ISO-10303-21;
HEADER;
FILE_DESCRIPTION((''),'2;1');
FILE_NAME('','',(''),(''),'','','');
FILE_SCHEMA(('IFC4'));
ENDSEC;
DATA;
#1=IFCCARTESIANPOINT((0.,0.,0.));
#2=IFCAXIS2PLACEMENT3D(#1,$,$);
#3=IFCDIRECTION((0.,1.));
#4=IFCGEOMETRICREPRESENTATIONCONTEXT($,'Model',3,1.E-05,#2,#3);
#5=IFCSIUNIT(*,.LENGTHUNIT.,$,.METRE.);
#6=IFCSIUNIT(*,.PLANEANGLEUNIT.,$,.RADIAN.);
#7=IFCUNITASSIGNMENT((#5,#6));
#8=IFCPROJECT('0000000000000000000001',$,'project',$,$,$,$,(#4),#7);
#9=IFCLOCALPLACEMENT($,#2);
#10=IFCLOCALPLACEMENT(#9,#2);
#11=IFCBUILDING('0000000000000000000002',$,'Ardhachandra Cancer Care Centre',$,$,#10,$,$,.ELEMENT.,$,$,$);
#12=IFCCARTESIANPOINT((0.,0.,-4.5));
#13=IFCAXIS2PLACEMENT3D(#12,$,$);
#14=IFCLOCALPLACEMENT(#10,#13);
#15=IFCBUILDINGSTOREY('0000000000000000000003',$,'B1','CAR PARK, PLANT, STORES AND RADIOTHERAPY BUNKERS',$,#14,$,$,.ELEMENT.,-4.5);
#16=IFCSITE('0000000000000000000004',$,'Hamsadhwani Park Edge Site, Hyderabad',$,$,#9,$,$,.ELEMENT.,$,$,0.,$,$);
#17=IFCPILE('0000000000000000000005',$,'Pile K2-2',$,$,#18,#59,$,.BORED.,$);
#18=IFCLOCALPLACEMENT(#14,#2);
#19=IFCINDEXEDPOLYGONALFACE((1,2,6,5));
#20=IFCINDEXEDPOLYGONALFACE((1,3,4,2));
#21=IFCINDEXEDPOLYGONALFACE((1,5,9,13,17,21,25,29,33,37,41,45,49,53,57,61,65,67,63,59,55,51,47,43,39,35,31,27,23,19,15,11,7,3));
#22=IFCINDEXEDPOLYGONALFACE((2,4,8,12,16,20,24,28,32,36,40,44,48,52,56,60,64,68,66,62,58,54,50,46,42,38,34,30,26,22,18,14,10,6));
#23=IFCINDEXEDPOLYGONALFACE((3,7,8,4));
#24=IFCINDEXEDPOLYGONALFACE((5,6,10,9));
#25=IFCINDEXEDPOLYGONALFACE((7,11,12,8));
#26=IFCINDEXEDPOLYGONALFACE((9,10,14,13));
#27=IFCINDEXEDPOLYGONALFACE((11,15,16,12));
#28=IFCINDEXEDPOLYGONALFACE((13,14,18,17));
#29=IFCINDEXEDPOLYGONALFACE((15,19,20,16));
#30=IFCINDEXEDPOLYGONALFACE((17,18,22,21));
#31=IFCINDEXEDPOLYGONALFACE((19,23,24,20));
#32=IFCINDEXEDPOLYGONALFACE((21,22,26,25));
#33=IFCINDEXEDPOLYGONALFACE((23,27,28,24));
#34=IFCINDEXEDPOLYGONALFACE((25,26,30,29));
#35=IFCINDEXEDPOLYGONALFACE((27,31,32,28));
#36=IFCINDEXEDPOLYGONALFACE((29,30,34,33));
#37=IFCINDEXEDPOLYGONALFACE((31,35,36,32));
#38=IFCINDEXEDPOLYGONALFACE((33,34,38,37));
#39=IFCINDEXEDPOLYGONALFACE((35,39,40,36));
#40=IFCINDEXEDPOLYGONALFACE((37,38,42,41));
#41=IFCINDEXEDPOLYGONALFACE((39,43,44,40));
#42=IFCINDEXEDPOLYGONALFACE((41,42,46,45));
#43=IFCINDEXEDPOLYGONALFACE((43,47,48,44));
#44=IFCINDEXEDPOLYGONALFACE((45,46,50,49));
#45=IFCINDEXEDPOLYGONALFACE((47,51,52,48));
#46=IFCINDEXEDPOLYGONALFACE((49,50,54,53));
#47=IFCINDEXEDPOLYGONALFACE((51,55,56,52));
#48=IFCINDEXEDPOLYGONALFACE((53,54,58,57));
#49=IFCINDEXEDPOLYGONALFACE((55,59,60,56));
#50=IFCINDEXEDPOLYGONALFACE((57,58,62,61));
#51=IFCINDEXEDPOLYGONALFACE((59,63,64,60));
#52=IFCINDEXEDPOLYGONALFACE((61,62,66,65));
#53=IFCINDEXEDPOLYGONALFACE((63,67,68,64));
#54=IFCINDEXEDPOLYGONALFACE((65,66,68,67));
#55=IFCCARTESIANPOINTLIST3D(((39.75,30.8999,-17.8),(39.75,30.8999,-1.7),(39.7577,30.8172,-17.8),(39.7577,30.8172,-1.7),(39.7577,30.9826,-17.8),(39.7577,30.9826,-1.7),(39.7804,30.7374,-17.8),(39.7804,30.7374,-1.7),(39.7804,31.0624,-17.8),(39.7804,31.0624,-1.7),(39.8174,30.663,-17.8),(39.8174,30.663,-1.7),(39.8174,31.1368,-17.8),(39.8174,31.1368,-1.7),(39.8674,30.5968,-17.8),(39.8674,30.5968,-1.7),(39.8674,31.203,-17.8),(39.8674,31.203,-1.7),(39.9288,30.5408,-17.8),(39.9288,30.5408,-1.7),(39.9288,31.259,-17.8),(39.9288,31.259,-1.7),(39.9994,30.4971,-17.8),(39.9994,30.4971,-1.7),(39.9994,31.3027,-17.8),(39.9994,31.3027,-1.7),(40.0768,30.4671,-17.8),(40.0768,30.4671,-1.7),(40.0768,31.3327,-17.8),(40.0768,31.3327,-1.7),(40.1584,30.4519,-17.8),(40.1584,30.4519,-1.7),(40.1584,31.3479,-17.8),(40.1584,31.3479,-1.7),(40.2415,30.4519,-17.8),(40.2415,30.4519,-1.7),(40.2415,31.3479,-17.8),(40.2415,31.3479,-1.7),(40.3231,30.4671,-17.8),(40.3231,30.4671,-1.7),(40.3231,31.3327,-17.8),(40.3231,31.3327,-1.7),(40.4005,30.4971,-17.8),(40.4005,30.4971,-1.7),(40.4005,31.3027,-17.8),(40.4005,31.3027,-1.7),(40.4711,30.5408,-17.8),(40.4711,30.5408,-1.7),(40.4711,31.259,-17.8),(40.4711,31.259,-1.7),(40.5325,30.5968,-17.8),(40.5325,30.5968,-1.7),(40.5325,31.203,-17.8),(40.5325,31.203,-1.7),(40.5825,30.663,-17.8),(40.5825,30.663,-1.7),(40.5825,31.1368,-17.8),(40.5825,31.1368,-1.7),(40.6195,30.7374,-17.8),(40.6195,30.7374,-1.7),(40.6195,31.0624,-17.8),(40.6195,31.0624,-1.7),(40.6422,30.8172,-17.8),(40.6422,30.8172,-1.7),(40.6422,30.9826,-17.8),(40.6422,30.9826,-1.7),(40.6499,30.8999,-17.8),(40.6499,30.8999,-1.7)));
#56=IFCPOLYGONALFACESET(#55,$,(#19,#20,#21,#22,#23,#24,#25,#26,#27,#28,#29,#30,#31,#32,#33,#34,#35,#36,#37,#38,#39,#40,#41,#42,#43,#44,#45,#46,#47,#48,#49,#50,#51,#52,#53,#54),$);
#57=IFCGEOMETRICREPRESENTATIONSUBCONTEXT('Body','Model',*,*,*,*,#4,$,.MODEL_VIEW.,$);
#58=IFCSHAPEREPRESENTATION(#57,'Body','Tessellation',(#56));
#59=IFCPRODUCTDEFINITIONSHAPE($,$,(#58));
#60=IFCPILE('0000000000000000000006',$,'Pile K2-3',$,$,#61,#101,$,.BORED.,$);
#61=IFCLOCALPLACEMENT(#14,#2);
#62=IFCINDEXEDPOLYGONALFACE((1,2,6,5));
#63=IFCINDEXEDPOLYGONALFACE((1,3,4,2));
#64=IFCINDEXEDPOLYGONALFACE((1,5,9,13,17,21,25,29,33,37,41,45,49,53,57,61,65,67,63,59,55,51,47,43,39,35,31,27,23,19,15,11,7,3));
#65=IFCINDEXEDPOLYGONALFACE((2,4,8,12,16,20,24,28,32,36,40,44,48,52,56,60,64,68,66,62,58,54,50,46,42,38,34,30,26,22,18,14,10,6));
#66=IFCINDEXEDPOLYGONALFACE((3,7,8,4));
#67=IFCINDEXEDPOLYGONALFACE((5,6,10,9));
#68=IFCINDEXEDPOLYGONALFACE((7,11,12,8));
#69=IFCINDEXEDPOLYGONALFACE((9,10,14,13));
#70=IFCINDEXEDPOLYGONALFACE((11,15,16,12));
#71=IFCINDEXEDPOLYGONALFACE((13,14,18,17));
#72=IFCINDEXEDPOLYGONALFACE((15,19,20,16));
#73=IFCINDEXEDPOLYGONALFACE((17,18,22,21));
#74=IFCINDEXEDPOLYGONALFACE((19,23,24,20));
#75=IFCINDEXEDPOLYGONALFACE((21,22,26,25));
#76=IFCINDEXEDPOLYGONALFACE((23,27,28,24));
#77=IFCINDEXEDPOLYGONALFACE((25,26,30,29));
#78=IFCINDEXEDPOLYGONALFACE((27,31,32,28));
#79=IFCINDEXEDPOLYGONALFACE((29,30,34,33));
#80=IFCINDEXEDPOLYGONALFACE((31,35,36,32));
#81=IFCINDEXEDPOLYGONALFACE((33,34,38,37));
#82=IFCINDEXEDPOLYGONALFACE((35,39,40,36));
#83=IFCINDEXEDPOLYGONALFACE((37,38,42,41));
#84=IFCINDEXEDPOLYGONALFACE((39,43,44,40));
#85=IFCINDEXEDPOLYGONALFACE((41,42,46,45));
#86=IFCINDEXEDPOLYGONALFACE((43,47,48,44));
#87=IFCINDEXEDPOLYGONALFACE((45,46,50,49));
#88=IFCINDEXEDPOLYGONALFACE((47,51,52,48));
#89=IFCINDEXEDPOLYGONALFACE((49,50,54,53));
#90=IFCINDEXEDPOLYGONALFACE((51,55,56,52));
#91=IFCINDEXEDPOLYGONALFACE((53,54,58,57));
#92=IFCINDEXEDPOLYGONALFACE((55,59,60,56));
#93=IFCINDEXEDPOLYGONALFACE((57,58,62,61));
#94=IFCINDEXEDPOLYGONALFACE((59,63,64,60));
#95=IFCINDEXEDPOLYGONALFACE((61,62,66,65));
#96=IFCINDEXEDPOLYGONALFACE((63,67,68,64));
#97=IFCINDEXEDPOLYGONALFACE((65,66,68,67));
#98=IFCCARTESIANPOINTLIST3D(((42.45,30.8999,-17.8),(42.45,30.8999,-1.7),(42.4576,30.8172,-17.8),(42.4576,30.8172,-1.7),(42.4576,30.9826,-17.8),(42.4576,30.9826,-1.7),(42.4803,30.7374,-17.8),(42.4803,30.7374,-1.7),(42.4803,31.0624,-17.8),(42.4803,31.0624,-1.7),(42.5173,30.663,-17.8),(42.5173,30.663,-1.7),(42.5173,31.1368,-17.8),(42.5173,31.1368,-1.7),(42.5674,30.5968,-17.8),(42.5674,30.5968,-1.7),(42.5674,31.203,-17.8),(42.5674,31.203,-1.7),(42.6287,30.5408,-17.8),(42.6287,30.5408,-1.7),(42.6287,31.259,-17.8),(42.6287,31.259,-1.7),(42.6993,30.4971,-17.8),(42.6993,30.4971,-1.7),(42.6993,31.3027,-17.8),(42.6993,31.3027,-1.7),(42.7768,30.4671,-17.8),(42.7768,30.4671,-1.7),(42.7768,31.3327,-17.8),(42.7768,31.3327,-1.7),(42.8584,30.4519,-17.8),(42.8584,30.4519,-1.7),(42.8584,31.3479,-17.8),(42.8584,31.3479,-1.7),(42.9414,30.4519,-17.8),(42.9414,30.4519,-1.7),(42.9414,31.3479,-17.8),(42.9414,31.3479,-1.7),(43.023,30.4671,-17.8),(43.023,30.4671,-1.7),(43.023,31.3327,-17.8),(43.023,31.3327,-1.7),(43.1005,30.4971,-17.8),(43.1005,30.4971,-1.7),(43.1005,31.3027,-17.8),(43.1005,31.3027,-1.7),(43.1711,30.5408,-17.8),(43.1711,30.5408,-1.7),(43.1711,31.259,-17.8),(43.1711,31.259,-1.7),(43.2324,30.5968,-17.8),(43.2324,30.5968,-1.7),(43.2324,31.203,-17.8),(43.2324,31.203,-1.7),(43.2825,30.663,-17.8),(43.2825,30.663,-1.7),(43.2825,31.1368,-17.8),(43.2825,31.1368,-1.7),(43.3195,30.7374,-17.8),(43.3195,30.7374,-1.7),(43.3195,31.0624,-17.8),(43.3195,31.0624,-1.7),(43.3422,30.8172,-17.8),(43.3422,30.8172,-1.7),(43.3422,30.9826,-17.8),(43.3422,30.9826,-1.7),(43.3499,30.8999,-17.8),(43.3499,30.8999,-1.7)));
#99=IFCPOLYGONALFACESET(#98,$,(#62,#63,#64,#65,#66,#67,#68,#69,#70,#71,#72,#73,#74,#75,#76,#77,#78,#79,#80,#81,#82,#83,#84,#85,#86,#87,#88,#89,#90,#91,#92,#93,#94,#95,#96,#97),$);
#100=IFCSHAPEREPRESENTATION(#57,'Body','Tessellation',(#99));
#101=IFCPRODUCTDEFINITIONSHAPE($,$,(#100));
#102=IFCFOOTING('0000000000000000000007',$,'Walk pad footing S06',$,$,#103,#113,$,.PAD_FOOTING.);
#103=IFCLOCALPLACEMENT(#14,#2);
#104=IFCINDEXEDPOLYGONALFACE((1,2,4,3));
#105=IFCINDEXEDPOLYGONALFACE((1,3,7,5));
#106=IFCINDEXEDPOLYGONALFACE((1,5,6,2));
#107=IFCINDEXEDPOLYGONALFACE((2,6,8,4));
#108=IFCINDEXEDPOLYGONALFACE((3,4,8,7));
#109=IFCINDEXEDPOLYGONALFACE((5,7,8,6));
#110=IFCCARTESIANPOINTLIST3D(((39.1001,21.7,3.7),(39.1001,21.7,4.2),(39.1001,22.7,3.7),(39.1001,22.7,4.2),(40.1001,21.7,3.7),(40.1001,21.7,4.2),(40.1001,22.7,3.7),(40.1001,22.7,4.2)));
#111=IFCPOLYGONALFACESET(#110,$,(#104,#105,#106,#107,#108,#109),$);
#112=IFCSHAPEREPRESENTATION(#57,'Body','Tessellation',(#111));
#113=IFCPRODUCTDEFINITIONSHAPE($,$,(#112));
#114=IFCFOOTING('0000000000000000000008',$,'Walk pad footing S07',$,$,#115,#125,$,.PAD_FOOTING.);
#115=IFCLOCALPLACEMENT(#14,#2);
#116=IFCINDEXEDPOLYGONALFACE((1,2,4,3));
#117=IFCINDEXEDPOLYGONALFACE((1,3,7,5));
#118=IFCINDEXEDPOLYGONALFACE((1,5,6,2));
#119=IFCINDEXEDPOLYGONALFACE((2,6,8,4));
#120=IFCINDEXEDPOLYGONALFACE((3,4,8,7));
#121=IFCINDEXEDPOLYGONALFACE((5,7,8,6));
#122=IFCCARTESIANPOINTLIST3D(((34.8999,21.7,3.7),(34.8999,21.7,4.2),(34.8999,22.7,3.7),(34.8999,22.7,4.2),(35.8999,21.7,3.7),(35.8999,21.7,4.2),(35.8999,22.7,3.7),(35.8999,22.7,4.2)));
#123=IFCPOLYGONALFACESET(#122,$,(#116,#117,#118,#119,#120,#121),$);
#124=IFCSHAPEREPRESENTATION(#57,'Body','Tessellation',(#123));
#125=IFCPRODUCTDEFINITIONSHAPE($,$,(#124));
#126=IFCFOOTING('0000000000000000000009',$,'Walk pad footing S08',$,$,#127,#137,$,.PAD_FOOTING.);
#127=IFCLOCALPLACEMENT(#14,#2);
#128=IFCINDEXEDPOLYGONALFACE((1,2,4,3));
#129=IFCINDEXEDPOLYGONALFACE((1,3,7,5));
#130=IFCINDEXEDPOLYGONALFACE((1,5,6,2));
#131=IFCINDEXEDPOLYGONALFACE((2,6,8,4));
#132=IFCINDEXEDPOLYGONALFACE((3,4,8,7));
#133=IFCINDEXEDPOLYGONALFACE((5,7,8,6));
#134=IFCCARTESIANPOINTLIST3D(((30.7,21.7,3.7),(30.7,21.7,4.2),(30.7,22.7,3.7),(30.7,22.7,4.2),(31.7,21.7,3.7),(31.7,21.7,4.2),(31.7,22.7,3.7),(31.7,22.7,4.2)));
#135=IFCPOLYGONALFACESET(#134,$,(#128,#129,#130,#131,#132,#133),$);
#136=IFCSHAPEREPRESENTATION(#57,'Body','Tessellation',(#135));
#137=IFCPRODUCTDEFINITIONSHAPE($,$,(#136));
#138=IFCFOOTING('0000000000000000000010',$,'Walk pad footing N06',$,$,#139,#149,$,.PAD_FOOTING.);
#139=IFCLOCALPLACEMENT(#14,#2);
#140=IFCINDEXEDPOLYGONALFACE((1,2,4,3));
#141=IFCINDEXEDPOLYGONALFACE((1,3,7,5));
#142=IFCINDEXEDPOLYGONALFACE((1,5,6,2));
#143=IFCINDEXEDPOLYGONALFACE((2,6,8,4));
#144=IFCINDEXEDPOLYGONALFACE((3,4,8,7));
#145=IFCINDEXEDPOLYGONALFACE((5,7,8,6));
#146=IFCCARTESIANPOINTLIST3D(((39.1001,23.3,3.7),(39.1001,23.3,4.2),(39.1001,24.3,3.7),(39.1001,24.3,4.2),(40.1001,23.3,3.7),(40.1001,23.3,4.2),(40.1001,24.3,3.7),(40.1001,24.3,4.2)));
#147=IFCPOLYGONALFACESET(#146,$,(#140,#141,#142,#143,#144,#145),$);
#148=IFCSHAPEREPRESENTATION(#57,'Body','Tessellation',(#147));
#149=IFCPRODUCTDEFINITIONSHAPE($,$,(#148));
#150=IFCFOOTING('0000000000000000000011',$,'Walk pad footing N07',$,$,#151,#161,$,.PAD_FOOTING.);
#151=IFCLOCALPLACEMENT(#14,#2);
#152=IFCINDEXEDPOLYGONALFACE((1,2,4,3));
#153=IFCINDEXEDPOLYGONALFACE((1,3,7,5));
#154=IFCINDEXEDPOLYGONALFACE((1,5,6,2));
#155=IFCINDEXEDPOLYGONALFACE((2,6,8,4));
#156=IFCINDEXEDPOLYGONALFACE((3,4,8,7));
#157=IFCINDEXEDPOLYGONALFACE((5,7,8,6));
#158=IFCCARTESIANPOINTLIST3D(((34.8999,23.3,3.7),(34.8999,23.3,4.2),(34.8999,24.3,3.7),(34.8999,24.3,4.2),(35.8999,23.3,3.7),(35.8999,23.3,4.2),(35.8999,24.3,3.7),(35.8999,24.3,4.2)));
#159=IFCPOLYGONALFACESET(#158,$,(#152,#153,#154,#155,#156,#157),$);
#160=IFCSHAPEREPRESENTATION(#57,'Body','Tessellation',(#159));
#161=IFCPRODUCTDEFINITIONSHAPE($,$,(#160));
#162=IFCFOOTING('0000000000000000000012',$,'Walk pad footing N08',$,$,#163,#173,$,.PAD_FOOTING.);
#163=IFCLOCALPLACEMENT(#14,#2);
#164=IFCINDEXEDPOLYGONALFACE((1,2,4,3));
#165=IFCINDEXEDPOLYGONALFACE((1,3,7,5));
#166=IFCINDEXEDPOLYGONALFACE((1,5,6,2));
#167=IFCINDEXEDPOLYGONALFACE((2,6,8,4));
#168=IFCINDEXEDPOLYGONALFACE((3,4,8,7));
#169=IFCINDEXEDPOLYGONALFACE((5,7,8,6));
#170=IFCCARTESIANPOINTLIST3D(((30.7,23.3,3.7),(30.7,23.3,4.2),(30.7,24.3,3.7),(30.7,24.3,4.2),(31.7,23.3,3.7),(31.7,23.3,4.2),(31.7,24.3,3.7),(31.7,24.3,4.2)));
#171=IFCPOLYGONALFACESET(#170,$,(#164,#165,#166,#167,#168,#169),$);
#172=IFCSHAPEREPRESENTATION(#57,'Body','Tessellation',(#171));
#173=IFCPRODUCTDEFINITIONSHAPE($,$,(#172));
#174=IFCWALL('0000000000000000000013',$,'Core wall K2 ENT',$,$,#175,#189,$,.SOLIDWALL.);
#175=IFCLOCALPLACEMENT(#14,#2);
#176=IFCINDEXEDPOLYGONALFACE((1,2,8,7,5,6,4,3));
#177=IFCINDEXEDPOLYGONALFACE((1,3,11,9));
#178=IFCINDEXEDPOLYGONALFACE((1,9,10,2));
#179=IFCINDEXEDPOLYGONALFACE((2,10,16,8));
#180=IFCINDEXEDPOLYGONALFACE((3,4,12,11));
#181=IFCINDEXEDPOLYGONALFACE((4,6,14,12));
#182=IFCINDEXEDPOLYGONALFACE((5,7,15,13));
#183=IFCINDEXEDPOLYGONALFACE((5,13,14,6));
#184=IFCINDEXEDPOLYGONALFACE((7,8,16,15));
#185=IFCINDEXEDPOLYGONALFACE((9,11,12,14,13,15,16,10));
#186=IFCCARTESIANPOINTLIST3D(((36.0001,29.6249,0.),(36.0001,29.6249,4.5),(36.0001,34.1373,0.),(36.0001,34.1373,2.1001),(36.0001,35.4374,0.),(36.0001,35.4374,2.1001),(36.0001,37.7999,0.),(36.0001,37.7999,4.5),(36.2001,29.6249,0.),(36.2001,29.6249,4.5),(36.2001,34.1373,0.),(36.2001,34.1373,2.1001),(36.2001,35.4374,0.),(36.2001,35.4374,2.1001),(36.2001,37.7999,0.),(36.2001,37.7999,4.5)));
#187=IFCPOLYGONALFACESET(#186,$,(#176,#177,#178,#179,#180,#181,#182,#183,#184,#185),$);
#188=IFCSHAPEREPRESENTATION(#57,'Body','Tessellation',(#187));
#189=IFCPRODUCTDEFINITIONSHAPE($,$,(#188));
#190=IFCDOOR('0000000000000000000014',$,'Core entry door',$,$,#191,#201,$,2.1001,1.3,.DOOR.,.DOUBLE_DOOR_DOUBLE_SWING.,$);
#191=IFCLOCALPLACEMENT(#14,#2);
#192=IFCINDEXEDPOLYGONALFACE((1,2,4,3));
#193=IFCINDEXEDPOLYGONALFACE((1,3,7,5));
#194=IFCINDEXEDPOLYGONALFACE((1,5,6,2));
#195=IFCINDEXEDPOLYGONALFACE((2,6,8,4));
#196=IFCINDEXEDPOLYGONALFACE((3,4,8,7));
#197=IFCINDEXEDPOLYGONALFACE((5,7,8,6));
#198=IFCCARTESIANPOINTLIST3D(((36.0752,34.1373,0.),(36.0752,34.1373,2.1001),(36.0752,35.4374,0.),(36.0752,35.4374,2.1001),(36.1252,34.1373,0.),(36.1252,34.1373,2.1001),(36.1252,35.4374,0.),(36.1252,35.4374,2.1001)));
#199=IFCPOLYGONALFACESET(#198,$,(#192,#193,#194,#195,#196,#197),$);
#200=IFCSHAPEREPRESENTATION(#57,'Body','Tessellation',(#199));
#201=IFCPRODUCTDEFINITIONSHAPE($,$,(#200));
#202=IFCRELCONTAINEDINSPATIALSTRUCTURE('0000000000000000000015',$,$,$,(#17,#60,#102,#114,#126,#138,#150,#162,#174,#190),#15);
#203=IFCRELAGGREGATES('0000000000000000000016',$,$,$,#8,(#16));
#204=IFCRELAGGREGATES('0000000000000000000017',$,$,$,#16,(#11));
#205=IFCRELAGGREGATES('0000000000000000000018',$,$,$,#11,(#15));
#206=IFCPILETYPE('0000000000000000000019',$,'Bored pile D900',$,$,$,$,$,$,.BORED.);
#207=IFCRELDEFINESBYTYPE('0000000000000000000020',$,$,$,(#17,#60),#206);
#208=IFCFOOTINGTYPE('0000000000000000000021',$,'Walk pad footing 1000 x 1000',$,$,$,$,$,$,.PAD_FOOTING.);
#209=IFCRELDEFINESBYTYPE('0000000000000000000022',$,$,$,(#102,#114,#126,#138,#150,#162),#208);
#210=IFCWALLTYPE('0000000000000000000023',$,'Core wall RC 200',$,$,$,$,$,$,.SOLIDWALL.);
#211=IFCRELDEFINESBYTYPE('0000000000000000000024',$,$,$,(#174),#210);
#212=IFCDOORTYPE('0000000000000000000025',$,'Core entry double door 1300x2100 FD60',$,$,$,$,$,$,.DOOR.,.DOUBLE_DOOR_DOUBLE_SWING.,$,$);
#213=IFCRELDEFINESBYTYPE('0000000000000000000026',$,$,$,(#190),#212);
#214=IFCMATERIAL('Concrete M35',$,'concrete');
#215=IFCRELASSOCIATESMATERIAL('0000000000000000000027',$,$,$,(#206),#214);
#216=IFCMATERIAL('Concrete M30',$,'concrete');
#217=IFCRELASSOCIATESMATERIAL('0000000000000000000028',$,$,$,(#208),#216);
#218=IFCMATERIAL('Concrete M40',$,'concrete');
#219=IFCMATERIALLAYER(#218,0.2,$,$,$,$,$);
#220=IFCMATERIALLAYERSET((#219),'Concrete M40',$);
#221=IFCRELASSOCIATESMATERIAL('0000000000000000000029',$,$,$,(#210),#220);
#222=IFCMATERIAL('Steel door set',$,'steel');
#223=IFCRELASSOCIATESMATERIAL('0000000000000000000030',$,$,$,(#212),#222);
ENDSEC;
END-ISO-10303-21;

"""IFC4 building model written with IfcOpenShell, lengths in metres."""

from ifc_helpers import new_model, si_unit, direction, frame, frame_2d, origin, origin_2d, place, context, subcontext, project, spatial, rectangle, circle, extrude, material, layer, layer_set, material_profile, profile_set, type_object, element, fill, save


model = new_model("IFC4")

# Units and contexts
model_context = context("Model", 3, precision=1e-05, world=origin(), true_north=direction((0.0, 1.0)))
body_context = subcontext(model_context, "Body", "Model", "MODEL_VIEW")
ifc_project = project(units=[si_unit("LENGTHUNIT", "METRE"), si_unit("PLANEANGLEUNIT", "RADIAN")], contexts=[model_context])

# Site, building, storey
site_placement = place(None, origin())
site = spatial("IfcSite", under=ifc_project, at=site_placement, Name="Hamsadhwani Park Edge Site, Hyderabad", CompositionType="ELEMENT", RefElevation=0.0)
building_placement = place(site_placement, origin())
building = spatial("IfcBuilding", under=site, at=building_placement, Name="Ardhachandra Cancer Care Centre", CompositionType="ELEMENT")
storey_placement = place(building_placement, frame((0.0, 0.0, -4.5)))
storey = spatial("IfcBuildingStorey", under=building, at=storey_placement, Name="B1", Description="CAR PARK, PLANT, STORES AND RADIOTHERAPY BUNKERS", CompositionType="ELEMENT", Elevation=-4.5)

# Piles
ifc_material_1 = material(Name="Concrete M35", Category="concrete")
ifc_material_profile_1 = material_profile(ifc_material_1, circle(Radius=0.45, at=origin_2d()), Name="D900")
ifc_profile_set_1 = profile_set([ifc_material_profile_1], Name="Concrete M35")
pile_type_1 = type_object("IfcPileType", Name="Bored pile D900", PredefinedType="BORED", material=ifc_profile_set_1)
for number, where, z_axis, x_axis, name in (
    (1, (40.2, 30.8999, -1.7), (0.0, 0.0, -1.0), (1.0, 0.0, 0.0), "Pile K2-2"),
    (2, (42.8999, 30.8999, -1.7), (0.0, 0.0, -1.0), (1.0, 0.0, 0.0), "Pile K2-3"),
):
    element("IfcPile", number, at=place(storey_placement, frame(where, z_axis=z_axis, x_axis=x_axis)), inside=storey, type_object=pile_type_1, Name=name, PredefinedType="BORED", context=body_context, shape_type="SweptSolid", body=[
        extrude(circle(Radius=0.45, at=origin_2d()), origin(), (0.0, 0.0, 1.0), 16.1001),
    ])

# Footings
ifc_material_2 = material(Name="Concrete M30", Category="concrete")
footing_type = type_object("IfcFootingType", Name="Walk pad footing 1000 x 1000", PredefinedType="PAD_FOOTING", material=ifc_material_2)
for number, where, z_axis, x_axis, name in (
    (3, (39.6001, 22.2, 3.7), (0.0, 0.0, 1.0), (1.0, 0.0, 0.0), "Walk pad footing S06"),
    (4, (35.3999, 22.2, 3.7), (0.0, 0.0, 1.0), (1.0, 0.0, 0.0), "Walk pad footing S07"),
    (5, (31.2, 22.2, 3.7), (0.0, 0.0, 1.0), (1.0, 0.0, 0.0), "Walk pad footing S08"),
    (6, (39.6001, 23.8, 3.7), (0.0, 0.0, 1.0), (1.0, 0.0, 0.0), "Walk pad footing N06"),
    (7, (35.3999, 23.8, 3.7), (0.0, 0.0, 1.0), (1.0, 0.0, 0.0), "Walk pad footing N07"),
    (8, (31.2, 23.8, 3.7), (0.0, 0.0, 1.0), (1.0, 0.0, 0.0), "Walk pad footing N08"),
):
    element("IfcFooting", number, at=place(storey_placement, frame(where, z_axis=z_axis, x_axis=x_axis)), inside=storey, type_object=footing_type, Name=name, PredefinedType="PAD_FOOTING", context=body_context, shape_type="SweptSolid", body=[
        extrude(rectangle(XDim=1.0, YDim=1.0, at=origin_2d()), origin(), (0.0, 0.0, 1.0), 0.5),
    ])

# Wall, opening, door
ifc_material_3 = material(Name="Concrete M40", Category="concrete")
ifc_layer = layer(ifc_material_3, 0.2)
ifc_layer_set = layer_set([ifc_layer], Name="Concrete M40")
wall_type = type_object("IfcWallType", Name="Core wall RC 200", PredefinedType="SOLIDWALL", material=ifc_layer_set)
wall_placement = place(storey_placement, frame((36.1001, 29.625, 0.0), z_axis=(0.0, 0.0, 1.0), x_axis=(0.0, 1.0, 0.0)))
wall = element("IfcWall", 9, at=wall_placement, inside=storey, type_object=wall_type, Name="Core wall K2 ENT", PredefinedType="SOLIDWALL", context=body_context, shape_type="SweptSolid", body=[
    extrude(rectangle(XDim=8.175, YDim=0.2, at=frame_2d((4.0874, 0.0))), origin(), (0.0, 0.0, 1.0), 4.5),
])
opening_placement = place(wall_placement, frame((4.5125, 0.0, 0.0)))
opening = element("IfcOpeningElement", 10, at=opening_placement, cuts=wall, PredefinedType="OPENING", context=body_context, shape_type="SweptSolid", body=[
    extrude(rectangle(XDim=1.3, YDim=2.1001, at=frame_2d((0.6499, 1.05))), frame((0.0, 0.1099, 0.0), z_axis=(0.0, -1.0, 0.0), x_axis=(1.0, 0.0, 0.0)), (0.0, 0.0, 1.0), 0.22),
])
ifc_material_4 = material(Name="Steel door set", Category="steel")
door_type = type_object("IfcDoorType", Name="Core entry double door 1300x2100 FD60", OperationType="DOUBLE_DOOR_DOUBLE_SWING", PredefinedType="DOOR", material=ifc_material_4)
door_placement = place(opening_placement, origin())
door = element("IfcDoor", 11, at=door_placement, inside=storey, type_object=door_type, Name="Core entry door", OperationType="DOUBLE_DOOR_DOUBLE_SWING", OverallHeight=2.1001, OverallWidth=1.3, PredefinedType="DOOR", context=body_context, shape_type="SweptSolid", body=[
    extrude(rectangle(XDim=1.3, YDim=2.1001, at=frame_2d((0.6499, 1.05))), frame((0.0, 0.0249, 0.0), z_axis=(0.0, -1.0, 0.0), x_axis=(1.0, 0.0, 0.0)), (0.0, 0.0, 1.0), 0.05),
])
fill(opening, door)

save(model, "model.ifc")
